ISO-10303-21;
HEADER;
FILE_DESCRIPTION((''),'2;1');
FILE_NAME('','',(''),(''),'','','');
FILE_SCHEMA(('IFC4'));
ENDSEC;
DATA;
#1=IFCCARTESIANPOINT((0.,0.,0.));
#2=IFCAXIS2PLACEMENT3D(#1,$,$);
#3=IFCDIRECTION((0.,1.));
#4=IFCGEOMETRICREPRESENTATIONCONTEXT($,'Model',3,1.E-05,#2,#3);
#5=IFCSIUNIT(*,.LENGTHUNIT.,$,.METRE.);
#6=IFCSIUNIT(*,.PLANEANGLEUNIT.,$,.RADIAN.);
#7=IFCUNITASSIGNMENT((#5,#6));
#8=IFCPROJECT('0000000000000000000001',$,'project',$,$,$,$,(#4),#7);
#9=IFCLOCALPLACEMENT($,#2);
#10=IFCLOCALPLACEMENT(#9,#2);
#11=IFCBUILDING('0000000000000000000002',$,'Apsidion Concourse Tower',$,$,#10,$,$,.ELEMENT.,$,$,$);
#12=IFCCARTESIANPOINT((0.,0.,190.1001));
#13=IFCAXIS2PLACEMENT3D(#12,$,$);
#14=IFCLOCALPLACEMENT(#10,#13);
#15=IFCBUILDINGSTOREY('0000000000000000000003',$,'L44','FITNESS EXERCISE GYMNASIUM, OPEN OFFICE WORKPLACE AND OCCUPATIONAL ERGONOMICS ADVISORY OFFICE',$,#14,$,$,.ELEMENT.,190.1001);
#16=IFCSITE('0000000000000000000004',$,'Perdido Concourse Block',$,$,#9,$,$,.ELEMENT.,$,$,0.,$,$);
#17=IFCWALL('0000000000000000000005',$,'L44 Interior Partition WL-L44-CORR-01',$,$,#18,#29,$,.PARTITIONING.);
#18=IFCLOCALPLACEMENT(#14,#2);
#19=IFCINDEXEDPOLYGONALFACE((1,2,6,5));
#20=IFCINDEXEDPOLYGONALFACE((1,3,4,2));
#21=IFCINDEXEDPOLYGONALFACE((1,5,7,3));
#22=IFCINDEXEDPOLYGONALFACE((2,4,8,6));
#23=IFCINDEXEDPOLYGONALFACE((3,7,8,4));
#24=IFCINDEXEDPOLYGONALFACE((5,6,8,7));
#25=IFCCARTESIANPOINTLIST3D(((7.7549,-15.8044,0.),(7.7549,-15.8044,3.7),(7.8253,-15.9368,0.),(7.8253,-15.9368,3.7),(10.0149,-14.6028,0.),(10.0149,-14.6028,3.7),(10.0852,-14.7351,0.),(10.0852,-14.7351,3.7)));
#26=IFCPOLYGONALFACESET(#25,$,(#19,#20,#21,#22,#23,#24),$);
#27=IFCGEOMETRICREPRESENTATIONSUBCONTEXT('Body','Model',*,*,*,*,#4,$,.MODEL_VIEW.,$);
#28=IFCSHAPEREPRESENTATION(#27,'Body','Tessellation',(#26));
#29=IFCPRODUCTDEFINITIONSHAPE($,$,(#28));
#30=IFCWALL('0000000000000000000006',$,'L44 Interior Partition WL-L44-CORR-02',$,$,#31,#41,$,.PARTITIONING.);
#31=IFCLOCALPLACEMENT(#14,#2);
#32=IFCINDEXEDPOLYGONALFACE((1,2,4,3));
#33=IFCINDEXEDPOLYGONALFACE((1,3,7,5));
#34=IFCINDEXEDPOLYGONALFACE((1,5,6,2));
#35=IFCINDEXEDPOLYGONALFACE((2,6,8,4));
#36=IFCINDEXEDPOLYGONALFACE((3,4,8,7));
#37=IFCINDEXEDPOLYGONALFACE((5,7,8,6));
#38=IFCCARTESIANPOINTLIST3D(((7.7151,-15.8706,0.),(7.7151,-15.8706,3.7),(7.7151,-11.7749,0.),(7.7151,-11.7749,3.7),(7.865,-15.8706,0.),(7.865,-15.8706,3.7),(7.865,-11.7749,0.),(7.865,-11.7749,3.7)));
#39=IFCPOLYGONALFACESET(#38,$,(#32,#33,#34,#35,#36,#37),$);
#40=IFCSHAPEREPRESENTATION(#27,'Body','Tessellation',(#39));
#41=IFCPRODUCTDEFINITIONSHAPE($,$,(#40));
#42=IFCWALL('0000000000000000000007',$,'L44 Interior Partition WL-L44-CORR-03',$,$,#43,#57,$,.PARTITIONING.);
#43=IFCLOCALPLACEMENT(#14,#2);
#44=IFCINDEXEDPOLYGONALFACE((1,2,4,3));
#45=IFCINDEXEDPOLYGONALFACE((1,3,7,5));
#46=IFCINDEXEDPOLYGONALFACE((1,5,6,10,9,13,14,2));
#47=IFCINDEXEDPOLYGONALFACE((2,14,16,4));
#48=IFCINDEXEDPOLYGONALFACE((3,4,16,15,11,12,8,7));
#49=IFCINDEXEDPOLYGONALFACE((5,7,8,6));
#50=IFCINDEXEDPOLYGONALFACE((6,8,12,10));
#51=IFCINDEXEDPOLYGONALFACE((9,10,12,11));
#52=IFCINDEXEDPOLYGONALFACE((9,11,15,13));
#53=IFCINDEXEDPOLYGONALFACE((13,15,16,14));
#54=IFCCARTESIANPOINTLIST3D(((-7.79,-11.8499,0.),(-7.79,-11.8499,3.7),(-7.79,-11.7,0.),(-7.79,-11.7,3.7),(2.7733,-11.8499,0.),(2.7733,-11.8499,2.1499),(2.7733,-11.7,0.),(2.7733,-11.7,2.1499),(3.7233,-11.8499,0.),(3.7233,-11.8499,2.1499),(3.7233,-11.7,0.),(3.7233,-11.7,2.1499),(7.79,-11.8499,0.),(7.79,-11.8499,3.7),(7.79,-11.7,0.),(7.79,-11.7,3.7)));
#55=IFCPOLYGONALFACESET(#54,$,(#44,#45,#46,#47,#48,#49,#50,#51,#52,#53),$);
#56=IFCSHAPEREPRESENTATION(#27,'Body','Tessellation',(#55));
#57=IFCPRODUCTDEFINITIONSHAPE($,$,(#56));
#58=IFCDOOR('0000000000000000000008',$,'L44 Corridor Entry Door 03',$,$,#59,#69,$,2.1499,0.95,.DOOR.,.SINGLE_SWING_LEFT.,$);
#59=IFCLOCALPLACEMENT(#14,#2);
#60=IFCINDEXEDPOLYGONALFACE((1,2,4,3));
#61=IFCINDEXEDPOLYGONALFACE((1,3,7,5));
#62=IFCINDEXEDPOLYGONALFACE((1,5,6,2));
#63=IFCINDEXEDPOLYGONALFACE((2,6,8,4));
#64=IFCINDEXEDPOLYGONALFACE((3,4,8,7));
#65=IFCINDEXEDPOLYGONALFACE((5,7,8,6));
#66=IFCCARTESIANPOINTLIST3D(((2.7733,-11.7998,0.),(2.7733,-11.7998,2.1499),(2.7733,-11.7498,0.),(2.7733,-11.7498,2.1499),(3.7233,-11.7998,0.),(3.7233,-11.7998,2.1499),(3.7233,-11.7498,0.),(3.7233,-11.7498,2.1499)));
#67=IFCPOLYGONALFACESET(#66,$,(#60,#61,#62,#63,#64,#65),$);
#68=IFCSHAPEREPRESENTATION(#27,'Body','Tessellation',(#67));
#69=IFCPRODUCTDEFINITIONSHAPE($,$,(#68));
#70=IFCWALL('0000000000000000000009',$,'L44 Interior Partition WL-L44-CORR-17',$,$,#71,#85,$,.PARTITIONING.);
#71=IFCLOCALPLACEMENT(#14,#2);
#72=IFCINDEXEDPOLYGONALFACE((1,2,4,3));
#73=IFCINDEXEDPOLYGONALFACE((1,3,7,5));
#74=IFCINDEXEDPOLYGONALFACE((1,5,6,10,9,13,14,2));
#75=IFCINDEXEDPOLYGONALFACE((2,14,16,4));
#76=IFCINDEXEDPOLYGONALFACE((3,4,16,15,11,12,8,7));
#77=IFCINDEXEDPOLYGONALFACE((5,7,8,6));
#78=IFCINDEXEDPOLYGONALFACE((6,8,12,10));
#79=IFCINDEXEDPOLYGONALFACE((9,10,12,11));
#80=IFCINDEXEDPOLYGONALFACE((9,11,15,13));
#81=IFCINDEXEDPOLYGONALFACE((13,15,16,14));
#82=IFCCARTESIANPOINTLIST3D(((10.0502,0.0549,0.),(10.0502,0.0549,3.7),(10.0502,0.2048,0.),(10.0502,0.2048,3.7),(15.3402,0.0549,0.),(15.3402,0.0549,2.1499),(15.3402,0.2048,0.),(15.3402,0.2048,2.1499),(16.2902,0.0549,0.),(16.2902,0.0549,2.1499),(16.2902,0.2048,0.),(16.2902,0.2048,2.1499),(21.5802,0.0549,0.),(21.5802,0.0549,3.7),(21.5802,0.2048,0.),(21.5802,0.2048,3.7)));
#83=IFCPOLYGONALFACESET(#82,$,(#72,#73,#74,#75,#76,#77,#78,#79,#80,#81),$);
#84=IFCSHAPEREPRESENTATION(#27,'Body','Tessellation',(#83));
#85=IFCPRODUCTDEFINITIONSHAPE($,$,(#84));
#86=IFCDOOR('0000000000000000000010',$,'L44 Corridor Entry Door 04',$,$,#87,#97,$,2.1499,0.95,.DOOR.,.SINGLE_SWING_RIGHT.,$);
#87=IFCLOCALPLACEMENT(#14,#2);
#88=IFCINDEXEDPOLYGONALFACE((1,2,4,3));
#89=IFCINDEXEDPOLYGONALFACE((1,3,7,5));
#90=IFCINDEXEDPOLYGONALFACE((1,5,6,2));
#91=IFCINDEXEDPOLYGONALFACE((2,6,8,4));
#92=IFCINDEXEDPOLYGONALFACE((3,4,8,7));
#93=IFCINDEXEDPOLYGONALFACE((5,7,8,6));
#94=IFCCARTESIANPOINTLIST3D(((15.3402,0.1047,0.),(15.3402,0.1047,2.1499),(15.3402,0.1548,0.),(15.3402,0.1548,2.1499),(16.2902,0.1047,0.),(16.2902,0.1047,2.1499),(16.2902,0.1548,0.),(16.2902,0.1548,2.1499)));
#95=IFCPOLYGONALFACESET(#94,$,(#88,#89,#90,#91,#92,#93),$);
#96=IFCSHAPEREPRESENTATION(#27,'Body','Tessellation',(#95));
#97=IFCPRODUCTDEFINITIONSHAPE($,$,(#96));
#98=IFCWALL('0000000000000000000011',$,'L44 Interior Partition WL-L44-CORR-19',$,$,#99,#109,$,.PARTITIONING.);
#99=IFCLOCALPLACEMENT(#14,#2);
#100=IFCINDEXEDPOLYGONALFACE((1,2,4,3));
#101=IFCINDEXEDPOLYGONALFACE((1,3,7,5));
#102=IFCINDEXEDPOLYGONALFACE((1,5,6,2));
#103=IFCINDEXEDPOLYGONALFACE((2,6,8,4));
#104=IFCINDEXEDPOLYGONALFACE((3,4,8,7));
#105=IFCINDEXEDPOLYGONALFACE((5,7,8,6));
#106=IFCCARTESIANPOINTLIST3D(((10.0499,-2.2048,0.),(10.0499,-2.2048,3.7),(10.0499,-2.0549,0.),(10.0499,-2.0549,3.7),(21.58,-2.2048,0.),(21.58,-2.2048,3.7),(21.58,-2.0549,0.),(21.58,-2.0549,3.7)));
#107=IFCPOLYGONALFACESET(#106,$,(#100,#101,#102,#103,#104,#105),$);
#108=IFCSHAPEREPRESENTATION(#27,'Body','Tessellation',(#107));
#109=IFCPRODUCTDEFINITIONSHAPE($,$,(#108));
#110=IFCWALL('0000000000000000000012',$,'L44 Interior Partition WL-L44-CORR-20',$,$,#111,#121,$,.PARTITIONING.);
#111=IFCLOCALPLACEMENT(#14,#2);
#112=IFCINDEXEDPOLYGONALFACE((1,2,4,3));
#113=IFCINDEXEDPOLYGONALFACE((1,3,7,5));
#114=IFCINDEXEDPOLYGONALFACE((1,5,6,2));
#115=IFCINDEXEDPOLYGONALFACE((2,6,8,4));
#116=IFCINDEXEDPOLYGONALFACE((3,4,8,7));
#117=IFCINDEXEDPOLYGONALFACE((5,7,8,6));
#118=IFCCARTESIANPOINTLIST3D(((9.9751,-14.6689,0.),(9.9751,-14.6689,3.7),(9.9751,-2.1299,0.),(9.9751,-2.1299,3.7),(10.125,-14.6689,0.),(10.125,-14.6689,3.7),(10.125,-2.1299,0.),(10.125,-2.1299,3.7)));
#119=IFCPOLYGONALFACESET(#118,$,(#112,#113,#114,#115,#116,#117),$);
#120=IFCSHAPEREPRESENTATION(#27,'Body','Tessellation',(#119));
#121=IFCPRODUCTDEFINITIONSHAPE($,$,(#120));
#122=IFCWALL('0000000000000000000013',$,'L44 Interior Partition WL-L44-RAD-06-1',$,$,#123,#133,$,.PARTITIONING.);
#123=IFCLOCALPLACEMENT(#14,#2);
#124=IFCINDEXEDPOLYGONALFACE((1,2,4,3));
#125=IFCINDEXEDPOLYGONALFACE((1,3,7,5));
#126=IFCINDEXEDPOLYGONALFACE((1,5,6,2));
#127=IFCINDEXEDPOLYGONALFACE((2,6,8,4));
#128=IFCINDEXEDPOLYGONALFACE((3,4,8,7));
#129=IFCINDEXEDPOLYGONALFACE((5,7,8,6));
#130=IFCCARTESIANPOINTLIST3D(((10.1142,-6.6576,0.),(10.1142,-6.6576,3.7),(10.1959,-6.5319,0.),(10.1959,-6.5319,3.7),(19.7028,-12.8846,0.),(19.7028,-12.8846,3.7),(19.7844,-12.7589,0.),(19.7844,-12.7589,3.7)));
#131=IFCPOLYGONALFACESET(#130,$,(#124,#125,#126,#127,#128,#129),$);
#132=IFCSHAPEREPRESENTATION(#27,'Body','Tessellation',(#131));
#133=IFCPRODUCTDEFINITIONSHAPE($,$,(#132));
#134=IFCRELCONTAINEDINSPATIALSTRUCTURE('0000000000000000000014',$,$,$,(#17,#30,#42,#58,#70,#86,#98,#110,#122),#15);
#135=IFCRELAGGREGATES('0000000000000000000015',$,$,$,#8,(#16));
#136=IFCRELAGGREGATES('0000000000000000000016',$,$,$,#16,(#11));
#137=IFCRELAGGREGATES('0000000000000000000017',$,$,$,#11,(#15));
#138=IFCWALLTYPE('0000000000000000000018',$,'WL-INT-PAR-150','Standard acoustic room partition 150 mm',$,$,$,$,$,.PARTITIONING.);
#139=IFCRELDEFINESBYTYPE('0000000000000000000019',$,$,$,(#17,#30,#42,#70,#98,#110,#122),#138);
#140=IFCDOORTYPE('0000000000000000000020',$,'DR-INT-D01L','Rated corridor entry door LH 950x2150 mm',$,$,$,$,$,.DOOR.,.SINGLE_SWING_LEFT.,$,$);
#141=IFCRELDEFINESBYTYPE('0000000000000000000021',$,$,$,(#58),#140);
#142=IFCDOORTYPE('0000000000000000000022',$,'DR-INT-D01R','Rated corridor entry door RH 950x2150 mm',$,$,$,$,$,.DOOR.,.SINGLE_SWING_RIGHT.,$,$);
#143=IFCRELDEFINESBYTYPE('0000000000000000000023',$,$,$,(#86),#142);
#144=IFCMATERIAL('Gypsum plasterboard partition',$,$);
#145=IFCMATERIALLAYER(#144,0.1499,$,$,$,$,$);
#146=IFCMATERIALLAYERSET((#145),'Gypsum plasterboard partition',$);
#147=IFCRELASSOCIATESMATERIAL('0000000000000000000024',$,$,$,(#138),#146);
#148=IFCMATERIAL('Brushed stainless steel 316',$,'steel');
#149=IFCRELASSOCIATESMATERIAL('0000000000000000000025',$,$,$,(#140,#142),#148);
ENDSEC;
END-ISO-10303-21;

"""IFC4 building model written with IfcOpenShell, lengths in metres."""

from ifc_helpers import new_model, si_unit, direction, frame, frame_2d, origin, place, context, subcontext, project, spatial, rectangle, extrude, material, layer, layer_set, type_object, element, fill, save


model = new_model("IFC4")

# Units and contexts
model_context = context("Model", 3, precision=1e-05, world=origin(), true_north=direction((0.0, 1.0)))
body_context = subcontext(model_context, "Body", "Model", "MODEL_VIEW")
ifc_project = project(units=[si_unit("LENGTHUNIT", "METRE"), si_unit("PLANEANGLEUNIT", "RADIAN")], contexts=[model_context])

# Site, building, storey
site_placement = place(None, origin())
site = spatial("IfcSite", under=ifc_project, at=site_placement, Name="Perdido Concourse Block", CompositionType="ELEMENT", RefElevation=0.0)
building_placement = place(site_placement, origin())
building = spatial("IfcBuilding", under=site, at=building_placement, Name="Apsidion Concourse Tower", CompositionType="ELEMENT")
storey_placement = place(building_placement, frame((0.0, 0.0, 190.1001)))
storey = spatial("IfcBuildingStorey", under=building, at=storey_placement, Name="L44", Description="FITNESS EXERCISE GYMNASIUM, OPEN OFFICE WORKPLACE AND OCCUPATIONAL ERGONOMICS ADVISORY OFFICE", CompositionType="ELEMENT", Elevation=190.1001)

# Walls
ifc_material_1 = material(Name="Gypsum plasterboard partition")
ifc_layer_1 = layer(ifc_material_1, 0.1499)
ifc_layer_set_1 = layer_set([ifc_layer_1], Name="Gypsum plasterboard partition")
wall_type_1 = type_object("IfcWallType", Name="WL-INT-PAR-150", Description="Standard acoustic room partition 150 mm", PredefinedType="PARTITIONING", material=ifc_layer_set_1)
wall_1_placement = place(storey_placement, frame((10.05, -14.6689, 0.0), z_axis=(0.0, 0.0, 1.0), x_axis=(-0.882949, -0.469469, 0.0)))
element("IfcWall", 1, at=wall_1_placement, inside=storey, type_object=wall_type_1, Name="L44 Interior Partition WL-L44-CORR-01", PredefinedType="PARTITIONING", context=body_context, shape_type="SweptSolid", body=[
    extrude(rectangle(XDim=2.5596, YDim=0.1499, at=frame_2d((1.2798, 0.0))), origin(), (0.0, 0.0, 1.0), 3.7),
])
wall_2_placement = place(storey_placement, frame((7.79, -15.8706, 0.0), z_axis=(0.0, 0.0, 1.0), x_axis=(0.0, 1.0, 0.0)))
element("IfcWall", 2, at=wall_2_placement, inside=storey, type_object=wall_type_1, Name="L44 Interior Partition WL-L44-CORR-02", PredefinedType="PARTITIONING", context=body_context, shape_type="SweptSolid", body=[
    extrude(rectangle(XDim=4.0957, YDim=0.1499, at=frame_2d((2.0479, 0.0))), origin(), (0.0, 0.0, 1.0), 3.7),
])

# Walls, openings, doors
wall_3_placement = place(storey_placement, frame((7.79, -11.7749, 0.0), z_axis=(0.0, 0.0, 1.0), x_axis=(-1.0, 0.0, 0.0)))
wall_3 = element("IfcWall", 3, at=wall_3_placement, inside=storey, type_object=wall_type_1, Name="L44 Interior Partition WL-L44-CORR-03", PredefinedType="PARTITIONING", context=body_context, shape_type="SweptSolid", body=[
    extrude(rectangle(XDim=15.5801, YDim=0.1499, at=frame_2d((7.79, 0.0))), origin(), (0.0, 0.0, 1.0), 3.7),
])
opening_1_placement = place(wall_3_placement, frame((4.0667, 0.0, 0.0)))
opening_1 = element("IfcOpeningElement", 4, at=opening_1_placement, cuts=wall_3, PredefinedType="OPENING", context=body_context, shape_type="SweptSolid", body=[
    extrude(rectangle(XDim=0.95, YDim=2.1499, at=frame_2d((0.4751, 1.075))), frame((0.0, 0.085, 0.0), z_axis=(0.0, -1.0, 0.0), x_axis=(1.0, 0.0, 0.0)), (0.0, 0.0, 1.0), 0.1699),
])
ifc_material_2 = material(Name="Brushed stainless steel 316", Category="steel")
door_type_1 = type_object("IfcDoorType", Name="DR-INT-D01L", Description="Rated corridor entry door LH 950x2150 mm", OperationType="SINGLE_SWING_LEFT", PredefinedType="DOOR", material=ifc_material_2)
door_1_placement = place(opening_1_placement, origin())
door_1 = element("IfcDoor", 5, at=door_1_placement, inside=storey, type_object=door_type_1, Name="L44 Corridor Entry Door 03", OperationType="SINGLE_SWING_LEFT", OverallHeight=2.1499, OverallWidth=0.95, PredefinedType="DOOR", context=body_context, shape_type="SweptSolid", body=[
    extrude(rectangle(XDim=0.95, YDim=2.1499, at=frame_2d((0.4751, 1.075))), frame((0.0, 0.0249, 0.0), z_axis=(0.0, -1.0, 0.0), x_axis=(1.0, 0.0, 0.0)), (0.0, 0.0, 1.0), 0.05),
])
fill(opening_1, door_1)
wall_4_placement = place(storey_placement, frame((10.05, 0.1299, 0.0), z_axis=(0.0, 0.0, 1.0), x_axis=(1.0, 0.0, 0.0)))
wall_4 = element("IfcWall", 6, at=wall_4_placement, inside=storey, type_object=wall_type_1, Name="L44 Interior Partition WL-L44-CORR-17", PredefinedType="PARTITIONING", context=body_context, shape_type="SweptSolid", body=[
    extrude(rectangle(XDim=11.53, YDim=0.1499, at=frame_2d((5.7651, 0.0))), origin(), (0.0, 0.0, 1.0), 3.7),
])
opening_2_placement = place(wall_4_placement, frame((5.29, 0.0, 0.0)))
opening_2 = element("IfcOpeningElement", 7, at=opening_2_placement, cuts=wall_4, PredefinedType="OPENING", context=body_context, shape_type="SweptSolid", body=[
    extrude(rectangle(XDim=0.95, YDim=2.1499, at=frame_2d((0.4751, 1.075))), frame((0.0, 0.085, 0.0), z_axis=(0.0, -1.0, 0.0), x_axis=(1.0, 0.0, 0.0)), (0.0, 0.0, 1.0), 0.1699),
])
door_type_2 = type_object("IfcDoorType", Name="DR-INT-D01R", Description="Rated corridor entry door RH 950x2150 mm", OperationType="SINGLE_SWING_RIGHT", PredefinedType="DOOR", material=ifc_material_2)
door_2_placement = place(opening_2_placement, origin())
door_2 = element("IfcDoor", 8, at=door_2_placement, inside=storey, type_object=door_type_2, Name="L44 Corridor Entry Door 04", OperationType="SINGLE_SWING_RIGHT", OverallHeight=2.1499, OverallWidth=0.95, PredefinedType="DOOR", context=body_context, shape_type="SweptSolid", body=[
    extrude(rectangle(XDim=0.95, YDim=2.1499, at=frame_2d((0.4751, 1.075))), frame((0.0, 0.0249, 0.0), z_axis=(0.0, -1.0, 0.0), x_axis=(1.0, 0.0, 0.0)), (0.0, 0.0, 1.0), 0.05),
])
fill(opening_2, door_2)

# Walls
wall_5_placement = place(storey_placement, frame((21.5801, -2.1299, 0.0), z_axis=(0.0, 0.0, 1.0), x_axis=(-1.0, 0.0, 0.0)))
element("IfcWall", 9, at=wall_5_placement, inside=storey, type_object=wall_type_1, Name="L44 Interior Partition WL-L44-CORR-19", PredefinedType="PARTITIONING", context=body_context, shape_type="SweptSolid", body=[
    extrude(rectangle(XDim=11.53, YDim=0.1499, at=frame_2d((5.7651, 0.0))), origin(), (0.0, 0.0, 1.0), 3.7),
])
wall_6_placement = place(storey_placement, frame((10.05, -2.1299, 0.0), z_axis=(0.0, 0.0, 1.0), x_axis=(0.0, -1.0, 0.0)))
element("IfcWall", 10, at=wall_6_placement, inside=storey, type_object=wall_type_1, Name="L44 Interior Partition WL-L44-CORR-20", PredefinedType="PARTITIONING", context=body_context, shape_type="SweptSolid", body=[
    extrude(rectangle(XDim=12.5391, YDim=0.1499, at=frame_2d((6.2695, 0.0))), origin(), (0.0, 0.0, 1.0), 3.7),
])
wall_7_placement = place(storey_placement, frame((10.155, -6.5947, 0.0), z_axis=(0.0, 0.0, 1.0), x_axis=(0.838666, -0.544647, 0.0)))
element("IfcWall", 11, at=wall_7_placement, inside=storey, type_object=wall_type_1, Name="L44 Interior Partition WL-L44-RAD-06-1", PredefinedType="PARTITIONING", context=body_context, shape_type="SweptSolid", body=[
    extrude(rectangle(XDim=11.4331, YDim=0.1499, at=frame_2d((5.7166, 0.0))), origin(), (0.0, 0.0, 1.0), 3.7),
])

save(model, "model.ifc")
